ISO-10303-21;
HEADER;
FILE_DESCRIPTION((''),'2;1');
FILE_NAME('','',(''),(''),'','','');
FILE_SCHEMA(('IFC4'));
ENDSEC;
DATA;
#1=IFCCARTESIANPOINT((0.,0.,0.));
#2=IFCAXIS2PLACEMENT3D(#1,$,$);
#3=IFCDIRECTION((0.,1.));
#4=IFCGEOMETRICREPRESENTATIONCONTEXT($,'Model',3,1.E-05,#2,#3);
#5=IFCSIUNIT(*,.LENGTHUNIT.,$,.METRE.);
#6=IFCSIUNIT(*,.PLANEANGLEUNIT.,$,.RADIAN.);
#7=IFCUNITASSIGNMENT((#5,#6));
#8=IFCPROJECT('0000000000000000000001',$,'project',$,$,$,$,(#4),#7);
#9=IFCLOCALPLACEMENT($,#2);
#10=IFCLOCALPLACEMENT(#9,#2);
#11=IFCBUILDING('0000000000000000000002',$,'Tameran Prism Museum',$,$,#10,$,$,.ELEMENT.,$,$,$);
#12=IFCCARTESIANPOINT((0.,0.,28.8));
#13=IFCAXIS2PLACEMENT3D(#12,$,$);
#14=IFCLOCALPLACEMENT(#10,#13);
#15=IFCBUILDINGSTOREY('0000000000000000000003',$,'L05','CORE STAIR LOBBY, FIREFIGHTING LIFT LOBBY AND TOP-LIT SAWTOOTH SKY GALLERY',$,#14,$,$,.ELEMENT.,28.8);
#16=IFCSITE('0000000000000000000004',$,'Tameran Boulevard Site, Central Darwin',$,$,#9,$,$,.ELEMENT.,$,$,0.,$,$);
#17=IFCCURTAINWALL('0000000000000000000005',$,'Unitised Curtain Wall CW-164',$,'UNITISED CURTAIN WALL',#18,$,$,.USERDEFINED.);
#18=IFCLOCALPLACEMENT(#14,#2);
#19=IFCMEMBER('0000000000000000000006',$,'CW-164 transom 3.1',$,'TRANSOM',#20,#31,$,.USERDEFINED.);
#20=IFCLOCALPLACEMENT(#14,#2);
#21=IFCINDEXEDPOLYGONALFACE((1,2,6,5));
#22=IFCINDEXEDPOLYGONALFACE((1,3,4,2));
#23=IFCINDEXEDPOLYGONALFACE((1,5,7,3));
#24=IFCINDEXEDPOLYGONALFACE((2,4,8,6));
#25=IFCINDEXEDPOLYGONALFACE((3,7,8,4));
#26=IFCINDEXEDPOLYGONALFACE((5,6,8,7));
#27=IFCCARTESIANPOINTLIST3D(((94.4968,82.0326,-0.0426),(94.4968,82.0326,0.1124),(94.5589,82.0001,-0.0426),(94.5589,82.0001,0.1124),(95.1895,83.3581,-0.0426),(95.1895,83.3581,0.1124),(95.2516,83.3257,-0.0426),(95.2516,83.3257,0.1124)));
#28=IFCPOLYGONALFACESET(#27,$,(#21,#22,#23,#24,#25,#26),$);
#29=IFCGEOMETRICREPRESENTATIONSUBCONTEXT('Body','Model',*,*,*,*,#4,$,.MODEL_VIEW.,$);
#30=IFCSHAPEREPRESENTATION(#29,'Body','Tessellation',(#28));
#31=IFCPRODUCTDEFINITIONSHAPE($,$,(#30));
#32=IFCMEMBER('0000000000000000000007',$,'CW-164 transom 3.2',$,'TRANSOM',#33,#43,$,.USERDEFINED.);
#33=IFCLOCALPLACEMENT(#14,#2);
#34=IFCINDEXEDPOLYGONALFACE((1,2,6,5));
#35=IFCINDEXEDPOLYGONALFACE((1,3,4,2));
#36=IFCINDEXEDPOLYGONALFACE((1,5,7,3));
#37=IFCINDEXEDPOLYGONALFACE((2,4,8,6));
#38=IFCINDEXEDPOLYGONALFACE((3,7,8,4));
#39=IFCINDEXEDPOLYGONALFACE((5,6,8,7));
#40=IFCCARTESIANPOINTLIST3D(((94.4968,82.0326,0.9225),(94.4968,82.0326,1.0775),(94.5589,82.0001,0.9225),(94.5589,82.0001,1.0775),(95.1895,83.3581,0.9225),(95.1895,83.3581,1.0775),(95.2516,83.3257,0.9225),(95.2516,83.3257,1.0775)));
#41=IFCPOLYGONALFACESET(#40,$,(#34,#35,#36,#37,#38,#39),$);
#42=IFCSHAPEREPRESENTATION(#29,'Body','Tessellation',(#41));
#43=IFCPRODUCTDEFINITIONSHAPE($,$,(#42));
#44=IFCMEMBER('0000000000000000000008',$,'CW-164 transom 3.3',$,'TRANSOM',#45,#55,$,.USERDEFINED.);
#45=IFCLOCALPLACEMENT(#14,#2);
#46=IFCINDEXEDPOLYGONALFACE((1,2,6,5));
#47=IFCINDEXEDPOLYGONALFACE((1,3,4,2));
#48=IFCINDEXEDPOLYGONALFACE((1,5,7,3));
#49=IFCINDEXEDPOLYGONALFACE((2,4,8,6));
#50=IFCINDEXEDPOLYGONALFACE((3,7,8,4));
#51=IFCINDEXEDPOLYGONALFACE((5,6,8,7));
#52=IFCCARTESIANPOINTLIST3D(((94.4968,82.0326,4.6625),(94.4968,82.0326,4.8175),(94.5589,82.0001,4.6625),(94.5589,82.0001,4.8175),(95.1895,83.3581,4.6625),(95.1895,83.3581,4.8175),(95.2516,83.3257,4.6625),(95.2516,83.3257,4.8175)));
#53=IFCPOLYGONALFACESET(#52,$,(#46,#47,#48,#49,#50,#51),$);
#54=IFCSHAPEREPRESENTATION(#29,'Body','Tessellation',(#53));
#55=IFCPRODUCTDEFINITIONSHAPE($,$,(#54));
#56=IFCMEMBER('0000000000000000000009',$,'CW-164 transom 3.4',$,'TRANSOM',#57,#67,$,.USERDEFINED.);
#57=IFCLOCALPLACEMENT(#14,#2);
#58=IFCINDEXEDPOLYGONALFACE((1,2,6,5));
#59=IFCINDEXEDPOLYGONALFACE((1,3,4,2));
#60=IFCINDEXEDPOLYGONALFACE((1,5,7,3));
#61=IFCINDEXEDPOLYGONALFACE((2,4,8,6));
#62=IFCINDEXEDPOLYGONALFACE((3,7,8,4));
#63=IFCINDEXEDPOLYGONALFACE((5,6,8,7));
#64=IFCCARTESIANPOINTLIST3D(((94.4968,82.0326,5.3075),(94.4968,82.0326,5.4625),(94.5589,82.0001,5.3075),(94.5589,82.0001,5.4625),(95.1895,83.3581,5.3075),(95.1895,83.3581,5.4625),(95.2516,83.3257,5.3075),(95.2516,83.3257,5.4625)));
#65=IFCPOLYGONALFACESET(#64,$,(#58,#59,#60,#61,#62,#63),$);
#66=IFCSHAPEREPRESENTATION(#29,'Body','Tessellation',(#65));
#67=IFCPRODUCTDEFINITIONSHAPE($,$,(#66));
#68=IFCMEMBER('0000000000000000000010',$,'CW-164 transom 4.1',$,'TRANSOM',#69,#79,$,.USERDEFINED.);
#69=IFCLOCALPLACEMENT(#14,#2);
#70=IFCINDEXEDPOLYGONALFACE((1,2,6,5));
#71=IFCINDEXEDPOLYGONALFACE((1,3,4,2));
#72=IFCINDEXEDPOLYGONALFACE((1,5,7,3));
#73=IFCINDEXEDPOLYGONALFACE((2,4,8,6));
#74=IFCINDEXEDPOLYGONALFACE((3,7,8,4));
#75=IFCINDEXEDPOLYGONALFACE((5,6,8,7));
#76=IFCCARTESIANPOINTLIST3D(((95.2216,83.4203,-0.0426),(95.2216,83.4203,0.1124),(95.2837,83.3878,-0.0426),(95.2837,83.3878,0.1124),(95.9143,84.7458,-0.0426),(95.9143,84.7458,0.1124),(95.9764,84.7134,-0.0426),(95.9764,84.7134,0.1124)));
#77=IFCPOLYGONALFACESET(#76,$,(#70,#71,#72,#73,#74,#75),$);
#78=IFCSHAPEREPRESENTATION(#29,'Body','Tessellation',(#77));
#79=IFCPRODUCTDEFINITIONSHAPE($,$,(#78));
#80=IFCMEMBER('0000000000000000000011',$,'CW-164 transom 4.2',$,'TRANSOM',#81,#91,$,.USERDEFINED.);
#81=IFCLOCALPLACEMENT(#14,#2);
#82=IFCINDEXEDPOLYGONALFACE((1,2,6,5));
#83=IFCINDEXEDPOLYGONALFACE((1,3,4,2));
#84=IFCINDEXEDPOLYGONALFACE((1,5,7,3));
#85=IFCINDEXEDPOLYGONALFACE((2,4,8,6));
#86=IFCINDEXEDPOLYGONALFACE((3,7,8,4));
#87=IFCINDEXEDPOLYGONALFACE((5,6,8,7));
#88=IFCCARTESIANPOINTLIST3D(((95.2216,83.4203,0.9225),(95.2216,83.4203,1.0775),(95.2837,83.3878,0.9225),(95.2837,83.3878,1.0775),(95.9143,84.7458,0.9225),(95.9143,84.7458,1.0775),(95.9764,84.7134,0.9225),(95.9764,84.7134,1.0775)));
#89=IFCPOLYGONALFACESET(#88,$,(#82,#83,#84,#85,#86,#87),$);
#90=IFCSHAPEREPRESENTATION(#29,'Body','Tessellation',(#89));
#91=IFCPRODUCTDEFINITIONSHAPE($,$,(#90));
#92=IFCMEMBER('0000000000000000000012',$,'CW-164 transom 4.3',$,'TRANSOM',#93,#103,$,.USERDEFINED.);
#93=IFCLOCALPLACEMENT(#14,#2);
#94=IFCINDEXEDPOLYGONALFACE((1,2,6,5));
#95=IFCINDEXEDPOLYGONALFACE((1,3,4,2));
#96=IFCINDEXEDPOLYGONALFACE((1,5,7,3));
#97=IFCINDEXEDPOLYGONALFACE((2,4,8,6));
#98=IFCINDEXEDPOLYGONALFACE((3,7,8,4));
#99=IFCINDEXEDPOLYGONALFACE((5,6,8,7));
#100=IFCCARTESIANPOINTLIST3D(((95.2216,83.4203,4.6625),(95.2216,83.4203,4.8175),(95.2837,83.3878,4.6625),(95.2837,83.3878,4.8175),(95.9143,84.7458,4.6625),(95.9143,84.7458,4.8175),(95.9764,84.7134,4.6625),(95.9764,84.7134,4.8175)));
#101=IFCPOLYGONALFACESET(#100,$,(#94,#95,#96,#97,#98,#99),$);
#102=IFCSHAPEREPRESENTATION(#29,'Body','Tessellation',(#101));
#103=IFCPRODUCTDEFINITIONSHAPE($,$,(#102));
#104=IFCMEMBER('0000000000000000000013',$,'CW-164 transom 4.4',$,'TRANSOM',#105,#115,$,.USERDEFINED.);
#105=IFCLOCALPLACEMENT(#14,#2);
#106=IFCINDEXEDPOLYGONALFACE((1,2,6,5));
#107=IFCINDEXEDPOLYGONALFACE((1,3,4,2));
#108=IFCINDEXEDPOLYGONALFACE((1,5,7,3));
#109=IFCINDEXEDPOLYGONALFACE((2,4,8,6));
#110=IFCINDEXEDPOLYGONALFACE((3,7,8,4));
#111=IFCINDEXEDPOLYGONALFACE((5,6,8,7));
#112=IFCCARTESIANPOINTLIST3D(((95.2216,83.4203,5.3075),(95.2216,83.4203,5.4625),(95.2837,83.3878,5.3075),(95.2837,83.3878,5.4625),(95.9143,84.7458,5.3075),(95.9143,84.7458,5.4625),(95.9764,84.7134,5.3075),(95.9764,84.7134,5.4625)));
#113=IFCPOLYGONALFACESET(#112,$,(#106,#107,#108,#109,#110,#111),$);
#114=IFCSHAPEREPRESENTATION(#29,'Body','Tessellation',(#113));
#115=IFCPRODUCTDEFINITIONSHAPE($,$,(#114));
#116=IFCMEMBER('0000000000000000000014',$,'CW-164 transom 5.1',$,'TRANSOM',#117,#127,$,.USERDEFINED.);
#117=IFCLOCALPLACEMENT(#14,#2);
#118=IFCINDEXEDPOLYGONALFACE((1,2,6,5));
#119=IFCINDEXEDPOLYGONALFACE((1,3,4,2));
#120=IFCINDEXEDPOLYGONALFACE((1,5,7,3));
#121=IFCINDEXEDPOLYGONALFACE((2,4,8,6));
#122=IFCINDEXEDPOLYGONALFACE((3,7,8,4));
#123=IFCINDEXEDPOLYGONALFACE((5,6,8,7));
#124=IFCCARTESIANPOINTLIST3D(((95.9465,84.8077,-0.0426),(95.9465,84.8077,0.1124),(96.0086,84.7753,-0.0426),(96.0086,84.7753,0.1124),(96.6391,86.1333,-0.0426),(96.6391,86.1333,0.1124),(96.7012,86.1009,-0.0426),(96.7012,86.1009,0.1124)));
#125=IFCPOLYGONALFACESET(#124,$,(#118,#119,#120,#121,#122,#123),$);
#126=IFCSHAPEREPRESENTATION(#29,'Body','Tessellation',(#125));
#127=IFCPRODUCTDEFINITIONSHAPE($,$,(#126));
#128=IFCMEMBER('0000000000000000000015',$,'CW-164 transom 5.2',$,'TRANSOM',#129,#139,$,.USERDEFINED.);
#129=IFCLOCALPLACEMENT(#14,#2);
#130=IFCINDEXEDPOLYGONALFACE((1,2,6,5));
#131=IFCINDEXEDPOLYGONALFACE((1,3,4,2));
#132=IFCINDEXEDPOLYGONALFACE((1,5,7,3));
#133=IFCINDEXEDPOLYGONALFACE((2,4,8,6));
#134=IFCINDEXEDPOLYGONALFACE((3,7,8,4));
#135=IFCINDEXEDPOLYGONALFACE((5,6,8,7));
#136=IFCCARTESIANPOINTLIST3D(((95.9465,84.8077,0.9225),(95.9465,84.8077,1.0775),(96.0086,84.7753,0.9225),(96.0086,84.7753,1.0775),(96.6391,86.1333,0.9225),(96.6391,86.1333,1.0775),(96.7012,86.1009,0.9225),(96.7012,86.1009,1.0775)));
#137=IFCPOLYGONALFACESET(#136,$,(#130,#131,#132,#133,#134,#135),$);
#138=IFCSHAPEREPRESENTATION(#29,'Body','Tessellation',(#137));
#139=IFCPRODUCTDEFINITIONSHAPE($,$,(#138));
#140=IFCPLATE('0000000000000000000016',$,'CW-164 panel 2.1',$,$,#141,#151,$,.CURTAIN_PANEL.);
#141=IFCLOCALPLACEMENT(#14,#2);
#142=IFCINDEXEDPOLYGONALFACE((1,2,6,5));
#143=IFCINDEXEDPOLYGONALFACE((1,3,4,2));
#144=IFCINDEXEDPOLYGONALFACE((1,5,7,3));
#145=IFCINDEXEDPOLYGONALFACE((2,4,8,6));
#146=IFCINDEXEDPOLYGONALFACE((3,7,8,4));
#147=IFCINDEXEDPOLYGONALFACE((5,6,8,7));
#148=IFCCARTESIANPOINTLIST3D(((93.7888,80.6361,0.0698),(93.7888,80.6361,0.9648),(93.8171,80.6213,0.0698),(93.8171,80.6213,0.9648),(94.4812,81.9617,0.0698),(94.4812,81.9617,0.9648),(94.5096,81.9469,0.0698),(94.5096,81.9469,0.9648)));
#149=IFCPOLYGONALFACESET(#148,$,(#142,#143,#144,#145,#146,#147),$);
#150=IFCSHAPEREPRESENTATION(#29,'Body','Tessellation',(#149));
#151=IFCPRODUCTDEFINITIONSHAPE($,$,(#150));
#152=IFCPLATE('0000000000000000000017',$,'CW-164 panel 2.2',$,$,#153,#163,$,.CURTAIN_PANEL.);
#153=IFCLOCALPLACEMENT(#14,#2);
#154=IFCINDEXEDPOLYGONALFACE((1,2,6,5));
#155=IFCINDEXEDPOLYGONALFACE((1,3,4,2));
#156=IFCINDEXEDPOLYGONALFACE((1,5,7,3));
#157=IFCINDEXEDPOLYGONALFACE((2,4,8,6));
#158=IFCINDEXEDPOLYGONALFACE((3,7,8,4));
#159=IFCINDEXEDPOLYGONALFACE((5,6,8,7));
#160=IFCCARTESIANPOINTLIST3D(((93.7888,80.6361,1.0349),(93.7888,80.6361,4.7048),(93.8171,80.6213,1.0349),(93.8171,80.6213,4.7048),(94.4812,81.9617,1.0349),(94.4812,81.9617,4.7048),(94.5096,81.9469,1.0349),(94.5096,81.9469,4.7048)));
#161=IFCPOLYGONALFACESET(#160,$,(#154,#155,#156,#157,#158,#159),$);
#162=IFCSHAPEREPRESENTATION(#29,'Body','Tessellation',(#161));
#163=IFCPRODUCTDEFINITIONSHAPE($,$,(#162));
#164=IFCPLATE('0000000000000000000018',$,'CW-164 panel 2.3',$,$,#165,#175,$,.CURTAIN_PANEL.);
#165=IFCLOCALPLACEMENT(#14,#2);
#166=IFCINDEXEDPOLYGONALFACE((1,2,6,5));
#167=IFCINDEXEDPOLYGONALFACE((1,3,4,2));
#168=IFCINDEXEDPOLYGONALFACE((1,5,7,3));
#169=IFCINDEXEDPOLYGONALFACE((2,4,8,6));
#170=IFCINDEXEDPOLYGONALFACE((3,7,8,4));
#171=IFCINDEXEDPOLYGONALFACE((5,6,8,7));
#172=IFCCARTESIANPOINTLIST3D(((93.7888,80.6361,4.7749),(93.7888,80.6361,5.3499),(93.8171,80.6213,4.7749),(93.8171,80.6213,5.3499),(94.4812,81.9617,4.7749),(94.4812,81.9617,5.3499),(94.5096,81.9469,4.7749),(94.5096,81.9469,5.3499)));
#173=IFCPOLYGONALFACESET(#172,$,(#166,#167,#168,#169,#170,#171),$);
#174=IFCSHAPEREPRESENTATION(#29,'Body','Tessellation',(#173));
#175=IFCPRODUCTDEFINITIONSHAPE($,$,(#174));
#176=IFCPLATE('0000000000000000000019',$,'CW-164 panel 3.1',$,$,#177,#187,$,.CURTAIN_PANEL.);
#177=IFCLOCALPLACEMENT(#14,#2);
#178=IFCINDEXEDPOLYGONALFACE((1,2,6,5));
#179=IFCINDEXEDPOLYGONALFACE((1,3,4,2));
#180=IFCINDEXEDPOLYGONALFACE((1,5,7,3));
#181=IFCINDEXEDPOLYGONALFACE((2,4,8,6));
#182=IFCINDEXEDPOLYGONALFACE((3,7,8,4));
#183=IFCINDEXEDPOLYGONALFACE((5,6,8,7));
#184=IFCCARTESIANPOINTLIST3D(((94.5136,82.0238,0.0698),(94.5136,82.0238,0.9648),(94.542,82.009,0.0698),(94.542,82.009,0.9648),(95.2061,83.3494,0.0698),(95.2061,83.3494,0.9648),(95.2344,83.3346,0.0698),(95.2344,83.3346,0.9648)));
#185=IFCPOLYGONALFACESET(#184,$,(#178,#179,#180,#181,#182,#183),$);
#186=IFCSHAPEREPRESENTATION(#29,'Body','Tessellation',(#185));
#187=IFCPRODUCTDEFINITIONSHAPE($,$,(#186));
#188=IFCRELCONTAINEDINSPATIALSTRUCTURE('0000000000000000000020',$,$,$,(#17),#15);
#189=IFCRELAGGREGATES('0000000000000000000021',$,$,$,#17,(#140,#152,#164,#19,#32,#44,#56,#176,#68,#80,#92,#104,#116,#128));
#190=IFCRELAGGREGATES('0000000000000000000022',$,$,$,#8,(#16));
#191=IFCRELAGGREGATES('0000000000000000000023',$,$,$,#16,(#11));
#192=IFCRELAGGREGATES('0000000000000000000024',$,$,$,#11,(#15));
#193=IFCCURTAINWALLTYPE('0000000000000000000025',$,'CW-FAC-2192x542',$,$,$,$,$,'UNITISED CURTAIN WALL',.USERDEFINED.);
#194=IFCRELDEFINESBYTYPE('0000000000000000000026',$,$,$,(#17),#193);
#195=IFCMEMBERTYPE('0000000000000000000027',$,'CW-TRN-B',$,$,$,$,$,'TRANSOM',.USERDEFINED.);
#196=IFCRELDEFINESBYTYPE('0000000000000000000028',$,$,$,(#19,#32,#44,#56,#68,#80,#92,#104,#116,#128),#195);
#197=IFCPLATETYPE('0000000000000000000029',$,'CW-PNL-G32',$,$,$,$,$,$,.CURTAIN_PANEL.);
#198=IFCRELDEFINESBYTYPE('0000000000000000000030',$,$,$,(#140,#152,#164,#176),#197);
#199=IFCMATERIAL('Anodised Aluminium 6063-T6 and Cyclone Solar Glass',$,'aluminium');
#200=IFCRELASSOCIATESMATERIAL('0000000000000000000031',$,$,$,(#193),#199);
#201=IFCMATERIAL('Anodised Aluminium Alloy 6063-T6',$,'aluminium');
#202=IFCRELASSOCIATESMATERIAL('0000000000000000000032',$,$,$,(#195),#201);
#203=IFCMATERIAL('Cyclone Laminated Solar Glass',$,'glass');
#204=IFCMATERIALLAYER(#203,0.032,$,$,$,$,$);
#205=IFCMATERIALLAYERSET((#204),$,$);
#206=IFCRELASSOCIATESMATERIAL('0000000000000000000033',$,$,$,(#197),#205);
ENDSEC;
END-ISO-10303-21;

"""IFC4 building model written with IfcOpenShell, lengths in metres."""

from ifc_helpers import new_model, si_unit, direction, frame, origin, origin_2d, place, context, subcontext, project, spatial, rectangle, extrude, material, layer, layer_set, material_profile, profile_set, type_object, element, aggregate, save


model = new_model("IFC4")

# Units and contexts
model_context = context("Model", 3, precision=1e-05, world=origin(), true_north=direction((0.0, 1.0)))
body_context = subcontext(model_context, "Body", "Model", "MODEL_VIEW")
ifc_project = project(units=[si_unit("LENGTHUNIT", "METRE"), si_unit("PLANEANGLEUNIT", "RADIAN")], contexts=[model_context])

# Site, building, storey
site_placement = place(None, origin())
site = spatial("IfcSite", under=ifc_project, at=site_placement, Name="Tameran Boulevard Site, Central Darwin", CompositionType="ELEMENT", RefElevation=0.0)
building_placement = place(site_placement, origin())
building = spatial("IfcBuilding", under=site, at=building_placement, Name="Tameran Prism Museum", CompositionType="ELEMENT")
storey_placement = place(building_placement, frame((0.0, 0.0, 28.8)))
storey = spatial("IfcBuildingStorey", under=building, at=storey_placement, Name="L05", Description="CORE STAIR LOBBY, FIREFIGHTING LIFT LOBBY AND TOP-LIT SAWTOOTH SKY GALLERY", CompositionType="ELEMENT", Elevation=28.8)

# Curtain wall, members, plates
ifc_material_1 = material(Name="Anodised Aluminium 6063-T6 and Cyclone Solar Glass", Category="aluminium")
curtain_wall_type = type_object("IfcCurtainWallType", Name="CW-FAC-2192x542", ElementType="UNITISED CURTAIN WALL", PredefinedType="USERDEFINED", material=ifc_material_1)
curtain_wall_placement = place(storey_placement, origin())
curtain_wall = element("IfcCurtainWall", 1, at=curtain_wall_placement, inside=storey, type_object=curtain_wall_type, Name="Unitised Curtain Wall CW-164", ObjectType="UNITISED CURTAIN WALL", PredefinedType="USERDEFINED")
ifc_material_2 = material(Name="Anodised Aluminium Alloy 6063-T6", Category="aluminium")
ifc_material_profile_1 = material_profile(ifc_material_2, rectangle(XDim=0.0701, YDim=0.155, at=origin_2d()))
ifc_profile_set_1 = profile_set([ifc_material_profile_1])
member_type_1 = type_object("IfcMemberType", Name="CW-TRN-B", ElementType="TRANSOM", PredefinedType="USERDEFINED", material=ifc_profile_set_1)
member_1_placement = place(storey_placement, frame((94.5278, 82.0164, 0.0349), z_axis=(0.463141, 0.886285, 0.0), x_axis=(-0.886285, 0.463141, 0.0)))
member_1 = element("IfcMember", 2, at=member_1_placement, type_object=member_type_1, Name="CW-164 transom 3.1", ObjectType="TRANSOM", PredefinedType="USERDEFINED", context=body_context, shape_type="SweptSolid", body=[
    extrude(rectangle(XDim=0.0701, YDim=0.155, at=origin_2d()), origin(), (0.0, 0.0, 1.0), 1.4956),
])
member_2_placement = place(storey_placement, frame((94.5278, 82.0164, 1.0), z_axis=(0.463141, 0.886285, 0.0), x_axis=(-0.886285, 0.463141, 0.0)))
member_2 = element("IfcMember", 3, at=member_2_placement, type_object=member_type_1, Name="CW-164 transom 3.2", ObjectType="TRANSOM", PredefinedType="USERDEFINED", context=body_context, shape_type="SweptSolid", body=[
    extrude(rectangle(XDim=0.0701, YDim=0.155, at=origin_2d()), origin(), (0.0, 0.0, 1.0), 1.4956),
])
member_3_placement = place(storey_placement, frame((94.5278, 82.0164, 4.74), z_axis=(0.463141, 0.886285, 0.0), x_axis=(-0.886285, 0.463141, 0.0)))
member_3 = element("IfcMember", 4, at=member_3_placement, type_object=member_type_1, Name="CW-164 transom 3.3", ObjectType="TRANSOM", PredefinedType="USERDEFINED", context=body_context, shape_type="SweptSolid", body=[
    extrude(rectangle(XDim=0.0701, YDim=0.155, at=origin_2d()), origin(), (0.0, 0.0, 1.0), 1.4956),
])
member_4_placement = place(storey_placement, frame((94.5278, 82.0164, 5.385), z_axis=(0.463141, 0.886285, 0.0), x_axis=(-0.886285, 0.463141, 0.0)))
member_4 = element("IfcMember", 5, at=member_4_placement, type_object=member_type_1, Name="CW-164 transom 3.4", ObjectType="TRANSOM", PredefinedType="USERDEFINED", context=body_context, shape_type="SweptSolid", body=[
    extrude(rectangle(XDim=0.0701, YDim=0.155, at=origin_2d()), origin(), (0.0, 0.0, 1.0), 1.4956),
])
member_5_placement = place(storey_placement, frame((95.2527, 83.4041, 0.0349), z_axis=(0.463141, 0.886285, 0.0), x_axis=(-0.886285, 0.463141, 0.0)))
member_5 = element("IfcMember", 6, at=member_5_placement, type_object=member_type_1, Name="CW-164 transom 4.1", ObjectType="TRANSOM", PredefinedType="USERDEFINED", context=body_context, shape_type="SweptSolid", body=[
    extrude(rectangle(XDim=0.0701, YDim=0.155, at=origin_2d()), origin(), (0.0, 0.0, 1.0), 1.4956),
])
member_6_placement = place(storey_placement, frame((95.2527, 83.4041, 1.0), z_axis=(0.463141, 0.886285, 0.0), x_axis=(-0.886285, 0.463141, 0.0)))
member_6 = element("IfcMember", 7, at=member_6_placement, type_object=member_type_1, Name="CW-164 transom 4.2", ObjectType="TRANSOM", PredefinedType="USERDEFINED", context=body_context, shape_type="SweptSolid", body=[
    extrude(rectangle(XDim=0.0701, YDim=0.155, at=origin_2d()), origin(), (0.0, 0.0, 1.0), 1.4956),
])
member_7_placement = place(storey_placement, frame((95.2527, 83.4041, 4.74), z_axis=(0.463141, 0.886285, 0.0), x_axis=(-0.886285, 0.463141, 0.0)))
member_7 = element("IfcMember", 8, at=member_7_placement, type_object=member_type_1, Name="CW-164 transom 4.3", ObjectType="TRANSOM", PredefinedType="USERDEFINED", context=body_context, shape_type="SweptSolid", body=[
    extrude(rectangle(XDim=0.0701, YDim=0.155, at=origin_2d()), origin(), (0.0, 0.0, 1.0), 1.4956),
])
member_8_placement = place(storey_placement, frame((95.2527, 83.4041, 5.385), z_axis=(0.463141, 0.886285, 0.0), x_axis=(-0.886285, 0.463141, 0.0)))
member_8 = element("IfcMember", 9, at=member_8_placement, type_object=member_type_1, Name="CW-164 transom 4.4", ObjectType="TRANSOM", PredefinedType="USERDEFINED", context=body_context, shape_type="SweptSolid", body=[
    extrude(rectangle(XDim=0.0701, YDim=0.155, at=origin_2d()), origin(), (0.0, 0.0, 1.0), 1.4956),
])
member_9_placement = place(storey_placement, frame((95.9775, 84.7915, 0.0349), z_axis=(0.463074, 0.88632, 0.0), x_axis=(-0.88632, 0.463074, 0.0)))
member_9 = element("IfcMember", 10, at=member_9_placement, type_object=member_type_1, Name="CW-164 transom 5.1", ObjectType="TRANSOM", PredefinedType="USERDEFINED", context=body_context, shape_type="SweptSolid", body=[
    extrude(rectangle(XDim=0.0701, YDim=0.155, at=origin_2d()), origin(), (0.0, 0.0, 1.0), 1.4956),
])
member_10_placement = place(storey_placement, frame((95.9775, 84.7915, 1.0), z_axis=(0.463074, 0.88632, 0.0), x_axis=(-0.88632, 0.463074, 0.0)))
member_10 = element("IfcMember", 11, at=member_10_placement, type_object=member_type_1, Name="CW-164 transom 5.2", ObjectType="TRANSOM", PredefinedType="USERDEFINED", context=body_context, shape_type="SweptSolid", body=[
    extrude(rectangle(XDim=0.0701, YDim=0.155, at=origin_2d()), origin(), (0.0, 0.0, 1.0), 1.4956),
])
ifc_material_3 = material(Name="Cyclone Laminated Solar Glass", Category="glass")
ifc_layer_1 = layer(ifc_material_3, 0.032)
ifc_layer_set_1 = layer_set([ifc_layer_1])
plate_type = type_object("IfcPlateType", Name="CW-PNL-G32", PredefinedType="CURTAIN_PANEL", material=ifc_layer_set_1)
plate_1_placement = place(storey_placement, frame((94.1492, 81.2915, 0.0698), z_axis=(0.0, 0.0, 1.0), x_axis=(0.463003, 0.886357, 0.0)))
plate_1 = element("IfcPlate", 12, at=plate_1_placement, type_object=plate_type, Name="CW-164 panel 2.1", PredefinedType="CURTAIN_PANEL", context=body_context, shape_type="SweptSolid", body=[
    extrude(rectangle(XDim=1.4956, YDim=0.032, at=origin_2d()), origin(), (0.0, 0.0, 1.0), 0.895),
])
plate_2_placement = place(storey_placement, frame((94.1492, 81.2915, 1.0349), z_axis=(0.0, 0.0, 1.0), x_axis=(0.463003, 0.886357, 0.0)))
plate_2 = element("IfcPlate", 13, at=plate_2_placement, type_object=plate_type, Name="CW-164 panel 2.2", PredefinedType="CURTAIN_PANEL", context=body_context, shape_type="SweptSolid", body=[
    extrude(rectangle(XDim=1.4956, YDim=0.032, at=origin_2d()), origin(), (0.0, 0.0, 1.0), 3.6699),
])
plate_3_placement = place(storey_placement, frame((94.1492, 81.2915, 4.7749), z_axis=(0.0, 0.0, 1.0), x_axis=(0.463003, 0.886357, 0.0)))
plate_3 = element("IfcPlate", 14, at=plate_3_placement, type_object=plate_type, Name="CW-164 panel 2.3", PredefinedType="CURTAIN_PANEL", context=body_context, shape_type="SweptSolid", body=[
    extrude(rectangle(XDim=1.4956, YDim=0.032, at=origin_2d()), origin(), (0.0, 0.0, 1.0), 0.575),
])
plate_4_placement = place(storey_placement, frame((94.874, 82.6792, 0.0698), z_axis=(0.0, 0.0, 1.0), x_axis=(0.463003, 0.886357, 0.0)))
plate_4 = element("IfcPlate", 15, at=plate_4_placement, type_object=plate_type, Name="CW-164 panel 3.1", PredefinedType="CURTAIN_PANEL", context=body_context, shape_type="SweptSolid", body=[
    extrude(rectangle(XDim=1.4956, YDim=0.032, at=origin_2d()), origin(), (0.0, 0.0, 1.0), 0.895),
])
aggregate(curtain_wall, [plate_1, plate_2, plate_3, member_1, member_2, member_3, member_4, plate_4, member_5, member_6, member_7, member_8, member_9, member_10])

save(model, "model.ifc")
